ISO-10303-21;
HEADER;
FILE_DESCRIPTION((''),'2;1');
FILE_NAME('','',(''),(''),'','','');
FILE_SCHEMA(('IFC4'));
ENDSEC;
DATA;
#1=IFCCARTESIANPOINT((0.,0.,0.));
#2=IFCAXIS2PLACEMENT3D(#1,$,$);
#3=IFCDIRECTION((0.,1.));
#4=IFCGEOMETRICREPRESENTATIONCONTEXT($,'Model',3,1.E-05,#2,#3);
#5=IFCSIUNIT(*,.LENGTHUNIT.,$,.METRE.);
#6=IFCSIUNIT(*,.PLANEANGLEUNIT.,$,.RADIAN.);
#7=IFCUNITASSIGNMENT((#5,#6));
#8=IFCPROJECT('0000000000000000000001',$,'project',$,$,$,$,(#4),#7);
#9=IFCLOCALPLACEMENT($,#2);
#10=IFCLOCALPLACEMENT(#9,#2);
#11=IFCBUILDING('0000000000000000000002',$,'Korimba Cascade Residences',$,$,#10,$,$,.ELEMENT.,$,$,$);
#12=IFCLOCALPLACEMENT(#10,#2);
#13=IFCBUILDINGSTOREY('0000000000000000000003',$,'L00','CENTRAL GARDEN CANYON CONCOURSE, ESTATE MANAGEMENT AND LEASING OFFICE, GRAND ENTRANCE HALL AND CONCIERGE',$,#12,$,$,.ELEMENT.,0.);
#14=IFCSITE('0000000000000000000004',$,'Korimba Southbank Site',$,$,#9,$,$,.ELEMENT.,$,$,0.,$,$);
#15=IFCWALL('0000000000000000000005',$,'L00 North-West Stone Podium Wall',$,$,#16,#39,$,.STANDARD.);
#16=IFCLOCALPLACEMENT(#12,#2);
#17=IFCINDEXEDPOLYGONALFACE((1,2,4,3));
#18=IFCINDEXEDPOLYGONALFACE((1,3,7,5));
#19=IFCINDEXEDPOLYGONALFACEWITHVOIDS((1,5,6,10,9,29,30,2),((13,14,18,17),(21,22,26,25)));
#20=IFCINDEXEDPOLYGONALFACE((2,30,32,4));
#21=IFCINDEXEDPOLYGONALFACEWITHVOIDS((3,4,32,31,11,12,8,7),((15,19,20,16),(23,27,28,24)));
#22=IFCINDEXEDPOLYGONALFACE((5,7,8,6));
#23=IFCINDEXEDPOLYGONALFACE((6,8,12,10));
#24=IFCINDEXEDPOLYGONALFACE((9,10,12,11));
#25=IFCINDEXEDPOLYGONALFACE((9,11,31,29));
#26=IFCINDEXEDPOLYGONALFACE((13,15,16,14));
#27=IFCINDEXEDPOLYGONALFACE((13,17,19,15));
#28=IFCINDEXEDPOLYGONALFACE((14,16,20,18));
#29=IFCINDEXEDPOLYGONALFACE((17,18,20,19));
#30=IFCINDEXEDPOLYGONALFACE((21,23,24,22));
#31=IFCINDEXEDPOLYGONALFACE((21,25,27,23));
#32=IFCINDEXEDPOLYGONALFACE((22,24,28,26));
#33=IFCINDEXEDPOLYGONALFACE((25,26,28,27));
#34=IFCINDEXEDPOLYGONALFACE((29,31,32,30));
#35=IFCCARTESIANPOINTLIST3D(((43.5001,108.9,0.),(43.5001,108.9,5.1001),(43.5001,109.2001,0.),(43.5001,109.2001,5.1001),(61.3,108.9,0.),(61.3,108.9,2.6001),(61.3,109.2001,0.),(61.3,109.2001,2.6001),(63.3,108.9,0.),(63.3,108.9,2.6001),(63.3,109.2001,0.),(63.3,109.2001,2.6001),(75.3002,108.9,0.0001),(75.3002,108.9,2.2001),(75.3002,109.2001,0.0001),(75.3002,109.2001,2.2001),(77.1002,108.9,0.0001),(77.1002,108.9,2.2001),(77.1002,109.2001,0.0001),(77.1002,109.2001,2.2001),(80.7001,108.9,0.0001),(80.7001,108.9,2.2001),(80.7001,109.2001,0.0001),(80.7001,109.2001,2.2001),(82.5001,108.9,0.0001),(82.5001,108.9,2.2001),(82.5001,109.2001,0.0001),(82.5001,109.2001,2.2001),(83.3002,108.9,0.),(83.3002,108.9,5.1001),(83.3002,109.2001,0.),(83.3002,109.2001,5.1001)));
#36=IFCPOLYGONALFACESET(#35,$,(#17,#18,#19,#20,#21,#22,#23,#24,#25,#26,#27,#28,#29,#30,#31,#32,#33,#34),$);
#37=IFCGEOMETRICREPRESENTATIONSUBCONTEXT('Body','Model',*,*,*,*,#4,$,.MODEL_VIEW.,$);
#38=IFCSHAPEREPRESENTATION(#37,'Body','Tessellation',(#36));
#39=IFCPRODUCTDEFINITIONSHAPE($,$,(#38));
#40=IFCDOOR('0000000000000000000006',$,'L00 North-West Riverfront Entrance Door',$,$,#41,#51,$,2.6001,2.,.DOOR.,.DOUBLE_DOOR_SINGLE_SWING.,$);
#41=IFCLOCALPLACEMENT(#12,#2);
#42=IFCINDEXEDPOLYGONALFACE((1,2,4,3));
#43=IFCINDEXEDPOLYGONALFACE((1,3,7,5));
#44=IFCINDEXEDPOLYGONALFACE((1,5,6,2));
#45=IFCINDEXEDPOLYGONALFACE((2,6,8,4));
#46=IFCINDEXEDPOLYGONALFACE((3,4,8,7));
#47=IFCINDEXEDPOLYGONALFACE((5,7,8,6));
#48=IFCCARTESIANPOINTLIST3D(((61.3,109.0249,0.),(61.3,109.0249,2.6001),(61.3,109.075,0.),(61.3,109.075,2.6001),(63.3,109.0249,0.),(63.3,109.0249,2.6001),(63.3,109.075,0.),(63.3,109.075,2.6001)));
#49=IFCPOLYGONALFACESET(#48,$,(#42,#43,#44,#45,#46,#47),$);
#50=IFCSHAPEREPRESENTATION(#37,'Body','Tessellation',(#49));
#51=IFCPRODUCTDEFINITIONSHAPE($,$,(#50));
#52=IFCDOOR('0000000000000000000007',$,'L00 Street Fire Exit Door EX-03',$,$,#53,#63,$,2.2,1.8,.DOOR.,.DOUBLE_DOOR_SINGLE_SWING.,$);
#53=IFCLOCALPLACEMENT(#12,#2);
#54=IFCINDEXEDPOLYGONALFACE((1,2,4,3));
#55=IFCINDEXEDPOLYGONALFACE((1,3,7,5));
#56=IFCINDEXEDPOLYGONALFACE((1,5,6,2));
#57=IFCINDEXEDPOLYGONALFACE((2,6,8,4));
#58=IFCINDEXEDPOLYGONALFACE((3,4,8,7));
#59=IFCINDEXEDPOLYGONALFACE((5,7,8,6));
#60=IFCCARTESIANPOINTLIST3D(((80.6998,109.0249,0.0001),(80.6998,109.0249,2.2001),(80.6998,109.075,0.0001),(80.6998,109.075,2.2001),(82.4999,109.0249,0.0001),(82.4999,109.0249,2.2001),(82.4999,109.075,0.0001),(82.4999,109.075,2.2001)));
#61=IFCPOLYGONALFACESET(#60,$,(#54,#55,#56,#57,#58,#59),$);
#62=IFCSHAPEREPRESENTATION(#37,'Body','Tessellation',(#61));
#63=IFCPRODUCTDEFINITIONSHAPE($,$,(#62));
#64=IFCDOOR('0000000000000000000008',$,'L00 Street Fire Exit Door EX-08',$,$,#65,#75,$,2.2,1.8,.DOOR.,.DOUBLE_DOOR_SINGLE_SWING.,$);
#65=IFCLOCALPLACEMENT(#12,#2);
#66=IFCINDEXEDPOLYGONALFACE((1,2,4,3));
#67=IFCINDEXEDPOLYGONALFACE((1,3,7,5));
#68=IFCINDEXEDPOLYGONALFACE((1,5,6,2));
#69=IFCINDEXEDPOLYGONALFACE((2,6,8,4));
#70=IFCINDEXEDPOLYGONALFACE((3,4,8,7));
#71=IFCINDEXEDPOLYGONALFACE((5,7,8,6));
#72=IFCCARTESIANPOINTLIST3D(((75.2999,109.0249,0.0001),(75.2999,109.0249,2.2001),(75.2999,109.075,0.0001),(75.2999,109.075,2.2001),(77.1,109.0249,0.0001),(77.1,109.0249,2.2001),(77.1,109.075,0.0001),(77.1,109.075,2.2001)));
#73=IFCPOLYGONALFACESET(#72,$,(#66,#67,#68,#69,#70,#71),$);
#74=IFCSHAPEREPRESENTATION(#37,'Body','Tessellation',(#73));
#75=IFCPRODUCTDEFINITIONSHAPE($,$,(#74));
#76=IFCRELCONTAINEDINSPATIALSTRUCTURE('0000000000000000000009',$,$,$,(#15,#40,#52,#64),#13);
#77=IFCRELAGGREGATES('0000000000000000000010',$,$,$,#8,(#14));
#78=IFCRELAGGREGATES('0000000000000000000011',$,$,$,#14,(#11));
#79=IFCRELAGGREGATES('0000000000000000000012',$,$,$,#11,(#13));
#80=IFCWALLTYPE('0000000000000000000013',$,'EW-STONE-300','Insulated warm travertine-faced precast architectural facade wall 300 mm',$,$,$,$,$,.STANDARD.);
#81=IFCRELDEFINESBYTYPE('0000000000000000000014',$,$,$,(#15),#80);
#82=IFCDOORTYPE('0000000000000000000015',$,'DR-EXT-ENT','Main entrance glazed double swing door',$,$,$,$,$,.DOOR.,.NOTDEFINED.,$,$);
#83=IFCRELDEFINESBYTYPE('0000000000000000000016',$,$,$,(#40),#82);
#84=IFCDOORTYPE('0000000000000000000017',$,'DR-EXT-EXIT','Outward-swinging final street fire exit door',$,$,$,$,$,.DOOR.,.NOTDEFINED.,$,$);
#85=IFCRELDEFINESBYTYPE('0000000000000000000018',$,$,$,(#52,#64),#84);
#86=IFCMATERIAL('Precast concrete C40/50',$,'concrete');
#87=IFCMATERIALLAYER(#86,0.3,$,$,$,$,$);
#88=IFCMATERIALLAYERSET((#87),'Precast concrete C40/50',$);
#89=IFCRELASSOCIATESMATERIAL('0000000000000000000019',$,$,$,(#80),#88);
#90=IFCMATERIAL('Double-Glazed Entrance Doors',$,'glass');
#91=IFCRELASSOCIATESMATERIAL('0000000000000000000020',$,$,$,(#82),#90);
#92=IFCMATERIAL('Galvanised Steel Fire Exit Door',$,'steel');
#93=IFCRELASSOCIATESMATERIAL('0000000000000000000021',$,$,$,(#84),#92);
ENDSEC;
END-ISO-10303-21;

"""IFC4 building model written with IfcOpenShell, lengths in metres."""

from ifc_helpers import new_model, si_unit, direction, frame, frame_2d, origin, place, context, subcontext, project, spatial, rectangle, extrude, material, layer, layer_set, type_object, element, fill, save


model = new_model("IFC4")

# Units and contexts
model_context = context("Model", 3, precision=1e-05, world=origin(), true_north=direction((0.0, 1.0)))
body_context = subcontext(model_context, "Body", "Model", "MODEL_VIEW")
ifc_project = project(units=[si_unit("LENGTHUNIT", "METRE"), si_unit("PLANEANGLEUNIT", "RADIAN")], contexts=[model_context])

# Site, building, storey
site_placement = place(None, origin())
site = spatial("IfcSite", under=ifc_project, at=site_placement, Name="Korimba Southbank Site", CompositionType="ELEMENT", RefElevation=0.0)
building_placement = place(site_placement, origin())
building = spatial("IfcBuilding", under=site, at=building_placement, Name="Korimba Cascade Residences", CompositionType="ELEMENT")
storey_placement = place(building_placement, origin())
storey = spatial("IfcBuildingStorey", under=building, at=storey_placement, Name="L00", Description="CENTRAL GARDEN CANYON CONCOURSE, ESTATE MANAGEMENT AND LEASING OFFICE, GRAND ENTRANCE HALL AND CONCIERGE", CompositionType="ELEMENT", Elevation=0.0)

# Wall, openings, doors
ifc_material_1 = material(Name="Precast concrete C40/50", Category="concrete")
ifc_layer_1 = layer(ifc_material_1, 0.3)
ifc_layer_set_1 = layer_set([ifc_layer_1], Name="Precast concrete C40/50")
wall_type = type_object("IfcWallType", Name="EW-STONE-300", Description="Insulated warm travertine-faced precast architectural facade wall 300 mm", PredefinedType="STANDARD", material=ifc_layer_set_1)
wall_placement = place(storey_placement, frame((83.3, 109.05, 0.0), z_axis=(0.0, 0.0, 1.0), x_axis=(-1.0, 0.0, 0.0)))
wall = element("IfcWall", 1, at=wall_placement, inside=storey, type_object=wall_type, Name="L00 North-West Stone Podium Wall", PredefinedType="STANDARD", context=body_context, shape_type="SweptSolid", body=[
    extrude(rectangle(XDim=39.8, YDim=0.3, at=frame_2d((19.8999, 0.0))), origin(), (0.0, 0.0, 1.0), 5.1001),
])
opening_1_placement = place(wall_placement, frame((0.8, 0.0, 0.0)))
opening_1 = element("IfcOpeningElement", 2, at=opening_1_placement, cuts=wall, PredefinedType="OPENING", context=body_context, shape_type="SweptSolid", body=[
    extrude(rectangle(XDim=1.8, YDim=2.2, at=frame_2d((0.8999, 1.1001))), frame((0.0, 0.1602, 0.0), z_axis=(0.0, -1.0, 0.0), x_axis=(1.0, 0.0, 0.0)), (0.0, 0.0, 1.0), 0.3201),
])
opening_2_placement = place(wall_placement, frame((6.2, 0.0, 0.0)))
opening_2 = element("IfcOpeningElement", 3, at=opening_2_placement, cuts=wall, PredefinedType="OPENING", context=body_context, shape_type="SweptSolid", body=[
    extrude(rectangle(XDim=1.8, YDim=2.2, at=frame_2d((0.8999, 1.1001))), frame((0.0, 0.1602, 0.0), z_axis=(0.0, -1.0, 0.0), x_axis=(1.0, 0.0, 0.0)), (0.0, 0.0, 1.0), 0.3201),
])
opening_3_placement = place(wall_placement, frame((20.0, 0.0, 0.0)))
opening_3 = element("IfcOpeningElement", 4, at=opening_3_placement, cuts=wall, PredefinedType="OPENING", context=body_context, shape_type="SweptSolid", body=[
    extrude(rectangle(XDim=2.0, YDim=2.6001, at=frame_2d((1.0, 1.3))), frame((0.0, 0.1602, 0.0), z_axis=(0.0, -1.0, 0.0), x_axis=(1.0, 0.0, 0.0)), (0.0, 0.0, 1.0), 0.3201),
])
ifc_material_2 = material(Name="Double-Glazed Entrance Doors", Category="glass")
door_type_1 = type_object("IfcDoorType", Name="DR-EXT-ENT", Description="Main entrance glazed double swing door", OperationType="NOTDEFINED", PredefinedType="DOOR", material=ifc_material_2)
door_1_placement = place(opening_3_placement, frame((2.0, 0.0, 0.0), z_axis=(0.0, 0.0, 1.0), x_axis=(-1.0, 0.0, 0.0)))
door_1 = element("IfcDoor", 5, at=door_1_placement, inside=storey, type_object=door_type_1, Name="L00 North-West Riverfront Entrance Door", OperationType="DOUBLE_DOOR_SINGLE_SWING", OverallHeight=2.6001, OverallWidth=2.0, PredefinedType="DOOR", context=body_context, shape_type="SweptSolid", body=[
    extrude(rectangle(XDim=2.0, YDim=2.6001, at=frame_2d((1.0, 1.3))), frame((0.0, 0.0249, 0.0), z_axis=(0.0, -1.0, 0.0), x_axis=(1.0, 0.0, 0.0)), (0.0, 0.0, 1.0), 0.05),
])
fill(opening_3, door_1)
ifc_material_3 = material(Name="Galvanised Steel Fire Exit Door", Category="steel")
door_type_2 = type_object("IfcDoorType", Name="DR-EXT-EXIT", Description="Outward-swinging final street fire exit door", OperationType="NOTDEFINED", PredefinedType="DOOR", material=ifc_material_3)
door_2_placement = place(opening_1_placement, frame((1.8, 0.0, 0.0), z_axis=(0.0, 0.0, 1.0), x_axis=(-1.0, 0.0, 0.0)))
door_2 = element("IfcDoor", 6, at=door_2_placement, inside=storey, type_object=door_type_2, Name="L00 Street Fire Exit Door EX-03", OperationType="DOUBLE_DOOR_SINGLE_SWING", OverallHeight=2.2, OverallWidth=1.8, PredefinedType="DOOR", context=body_context, shape_type="SweptSolid", body=[
    extrude(rectangle(XDim=1.8, YDim=2.2, at=frame_2d((0.8999, 1.1001))), frame((0.0, 0.0249, 0.0), z_axis=(0.0, -1.0, 0.0), x_axis=(1.0, 0.0, 0.0)), (0.0, 0.0, 1.0), 0.05),
])
fill(opening_1, door_2)
door_3_placement = place(opening_2_placement, frame((1.8, 0.0, 0.0), z_axis=(0.0, 0.0, 1.0), x_axis=(-1.0, 0.0, 0.0)))
door_3 = element("IfcDoor", 7, at=door_3_placement, inside=storey, type_object=door_type_2, Name="L00 Street Fire Exit Door EX-08", OperationType="DOUBLE_DOOR_SINGLE_SWING", OverallHeight=2.2, OverallWidth=1.8, PredefinedType="DOOR", context=body_context, shape_type="SweptSolid", body=[
    extrude(rectangle(XDim=1.8, YDim=2.2, at=frame_2d((0.8999, 1.1001))), frame((0.0, 0.0249, 0.0), z_axis=(0.0, -1.0, 0.0), x_axis=(1.0, 0.0, 0.0)), (0.0, 0.0, 1.0), 0.05),
])
fill(opening_2, door_3)

save(model, "model.ifc")
